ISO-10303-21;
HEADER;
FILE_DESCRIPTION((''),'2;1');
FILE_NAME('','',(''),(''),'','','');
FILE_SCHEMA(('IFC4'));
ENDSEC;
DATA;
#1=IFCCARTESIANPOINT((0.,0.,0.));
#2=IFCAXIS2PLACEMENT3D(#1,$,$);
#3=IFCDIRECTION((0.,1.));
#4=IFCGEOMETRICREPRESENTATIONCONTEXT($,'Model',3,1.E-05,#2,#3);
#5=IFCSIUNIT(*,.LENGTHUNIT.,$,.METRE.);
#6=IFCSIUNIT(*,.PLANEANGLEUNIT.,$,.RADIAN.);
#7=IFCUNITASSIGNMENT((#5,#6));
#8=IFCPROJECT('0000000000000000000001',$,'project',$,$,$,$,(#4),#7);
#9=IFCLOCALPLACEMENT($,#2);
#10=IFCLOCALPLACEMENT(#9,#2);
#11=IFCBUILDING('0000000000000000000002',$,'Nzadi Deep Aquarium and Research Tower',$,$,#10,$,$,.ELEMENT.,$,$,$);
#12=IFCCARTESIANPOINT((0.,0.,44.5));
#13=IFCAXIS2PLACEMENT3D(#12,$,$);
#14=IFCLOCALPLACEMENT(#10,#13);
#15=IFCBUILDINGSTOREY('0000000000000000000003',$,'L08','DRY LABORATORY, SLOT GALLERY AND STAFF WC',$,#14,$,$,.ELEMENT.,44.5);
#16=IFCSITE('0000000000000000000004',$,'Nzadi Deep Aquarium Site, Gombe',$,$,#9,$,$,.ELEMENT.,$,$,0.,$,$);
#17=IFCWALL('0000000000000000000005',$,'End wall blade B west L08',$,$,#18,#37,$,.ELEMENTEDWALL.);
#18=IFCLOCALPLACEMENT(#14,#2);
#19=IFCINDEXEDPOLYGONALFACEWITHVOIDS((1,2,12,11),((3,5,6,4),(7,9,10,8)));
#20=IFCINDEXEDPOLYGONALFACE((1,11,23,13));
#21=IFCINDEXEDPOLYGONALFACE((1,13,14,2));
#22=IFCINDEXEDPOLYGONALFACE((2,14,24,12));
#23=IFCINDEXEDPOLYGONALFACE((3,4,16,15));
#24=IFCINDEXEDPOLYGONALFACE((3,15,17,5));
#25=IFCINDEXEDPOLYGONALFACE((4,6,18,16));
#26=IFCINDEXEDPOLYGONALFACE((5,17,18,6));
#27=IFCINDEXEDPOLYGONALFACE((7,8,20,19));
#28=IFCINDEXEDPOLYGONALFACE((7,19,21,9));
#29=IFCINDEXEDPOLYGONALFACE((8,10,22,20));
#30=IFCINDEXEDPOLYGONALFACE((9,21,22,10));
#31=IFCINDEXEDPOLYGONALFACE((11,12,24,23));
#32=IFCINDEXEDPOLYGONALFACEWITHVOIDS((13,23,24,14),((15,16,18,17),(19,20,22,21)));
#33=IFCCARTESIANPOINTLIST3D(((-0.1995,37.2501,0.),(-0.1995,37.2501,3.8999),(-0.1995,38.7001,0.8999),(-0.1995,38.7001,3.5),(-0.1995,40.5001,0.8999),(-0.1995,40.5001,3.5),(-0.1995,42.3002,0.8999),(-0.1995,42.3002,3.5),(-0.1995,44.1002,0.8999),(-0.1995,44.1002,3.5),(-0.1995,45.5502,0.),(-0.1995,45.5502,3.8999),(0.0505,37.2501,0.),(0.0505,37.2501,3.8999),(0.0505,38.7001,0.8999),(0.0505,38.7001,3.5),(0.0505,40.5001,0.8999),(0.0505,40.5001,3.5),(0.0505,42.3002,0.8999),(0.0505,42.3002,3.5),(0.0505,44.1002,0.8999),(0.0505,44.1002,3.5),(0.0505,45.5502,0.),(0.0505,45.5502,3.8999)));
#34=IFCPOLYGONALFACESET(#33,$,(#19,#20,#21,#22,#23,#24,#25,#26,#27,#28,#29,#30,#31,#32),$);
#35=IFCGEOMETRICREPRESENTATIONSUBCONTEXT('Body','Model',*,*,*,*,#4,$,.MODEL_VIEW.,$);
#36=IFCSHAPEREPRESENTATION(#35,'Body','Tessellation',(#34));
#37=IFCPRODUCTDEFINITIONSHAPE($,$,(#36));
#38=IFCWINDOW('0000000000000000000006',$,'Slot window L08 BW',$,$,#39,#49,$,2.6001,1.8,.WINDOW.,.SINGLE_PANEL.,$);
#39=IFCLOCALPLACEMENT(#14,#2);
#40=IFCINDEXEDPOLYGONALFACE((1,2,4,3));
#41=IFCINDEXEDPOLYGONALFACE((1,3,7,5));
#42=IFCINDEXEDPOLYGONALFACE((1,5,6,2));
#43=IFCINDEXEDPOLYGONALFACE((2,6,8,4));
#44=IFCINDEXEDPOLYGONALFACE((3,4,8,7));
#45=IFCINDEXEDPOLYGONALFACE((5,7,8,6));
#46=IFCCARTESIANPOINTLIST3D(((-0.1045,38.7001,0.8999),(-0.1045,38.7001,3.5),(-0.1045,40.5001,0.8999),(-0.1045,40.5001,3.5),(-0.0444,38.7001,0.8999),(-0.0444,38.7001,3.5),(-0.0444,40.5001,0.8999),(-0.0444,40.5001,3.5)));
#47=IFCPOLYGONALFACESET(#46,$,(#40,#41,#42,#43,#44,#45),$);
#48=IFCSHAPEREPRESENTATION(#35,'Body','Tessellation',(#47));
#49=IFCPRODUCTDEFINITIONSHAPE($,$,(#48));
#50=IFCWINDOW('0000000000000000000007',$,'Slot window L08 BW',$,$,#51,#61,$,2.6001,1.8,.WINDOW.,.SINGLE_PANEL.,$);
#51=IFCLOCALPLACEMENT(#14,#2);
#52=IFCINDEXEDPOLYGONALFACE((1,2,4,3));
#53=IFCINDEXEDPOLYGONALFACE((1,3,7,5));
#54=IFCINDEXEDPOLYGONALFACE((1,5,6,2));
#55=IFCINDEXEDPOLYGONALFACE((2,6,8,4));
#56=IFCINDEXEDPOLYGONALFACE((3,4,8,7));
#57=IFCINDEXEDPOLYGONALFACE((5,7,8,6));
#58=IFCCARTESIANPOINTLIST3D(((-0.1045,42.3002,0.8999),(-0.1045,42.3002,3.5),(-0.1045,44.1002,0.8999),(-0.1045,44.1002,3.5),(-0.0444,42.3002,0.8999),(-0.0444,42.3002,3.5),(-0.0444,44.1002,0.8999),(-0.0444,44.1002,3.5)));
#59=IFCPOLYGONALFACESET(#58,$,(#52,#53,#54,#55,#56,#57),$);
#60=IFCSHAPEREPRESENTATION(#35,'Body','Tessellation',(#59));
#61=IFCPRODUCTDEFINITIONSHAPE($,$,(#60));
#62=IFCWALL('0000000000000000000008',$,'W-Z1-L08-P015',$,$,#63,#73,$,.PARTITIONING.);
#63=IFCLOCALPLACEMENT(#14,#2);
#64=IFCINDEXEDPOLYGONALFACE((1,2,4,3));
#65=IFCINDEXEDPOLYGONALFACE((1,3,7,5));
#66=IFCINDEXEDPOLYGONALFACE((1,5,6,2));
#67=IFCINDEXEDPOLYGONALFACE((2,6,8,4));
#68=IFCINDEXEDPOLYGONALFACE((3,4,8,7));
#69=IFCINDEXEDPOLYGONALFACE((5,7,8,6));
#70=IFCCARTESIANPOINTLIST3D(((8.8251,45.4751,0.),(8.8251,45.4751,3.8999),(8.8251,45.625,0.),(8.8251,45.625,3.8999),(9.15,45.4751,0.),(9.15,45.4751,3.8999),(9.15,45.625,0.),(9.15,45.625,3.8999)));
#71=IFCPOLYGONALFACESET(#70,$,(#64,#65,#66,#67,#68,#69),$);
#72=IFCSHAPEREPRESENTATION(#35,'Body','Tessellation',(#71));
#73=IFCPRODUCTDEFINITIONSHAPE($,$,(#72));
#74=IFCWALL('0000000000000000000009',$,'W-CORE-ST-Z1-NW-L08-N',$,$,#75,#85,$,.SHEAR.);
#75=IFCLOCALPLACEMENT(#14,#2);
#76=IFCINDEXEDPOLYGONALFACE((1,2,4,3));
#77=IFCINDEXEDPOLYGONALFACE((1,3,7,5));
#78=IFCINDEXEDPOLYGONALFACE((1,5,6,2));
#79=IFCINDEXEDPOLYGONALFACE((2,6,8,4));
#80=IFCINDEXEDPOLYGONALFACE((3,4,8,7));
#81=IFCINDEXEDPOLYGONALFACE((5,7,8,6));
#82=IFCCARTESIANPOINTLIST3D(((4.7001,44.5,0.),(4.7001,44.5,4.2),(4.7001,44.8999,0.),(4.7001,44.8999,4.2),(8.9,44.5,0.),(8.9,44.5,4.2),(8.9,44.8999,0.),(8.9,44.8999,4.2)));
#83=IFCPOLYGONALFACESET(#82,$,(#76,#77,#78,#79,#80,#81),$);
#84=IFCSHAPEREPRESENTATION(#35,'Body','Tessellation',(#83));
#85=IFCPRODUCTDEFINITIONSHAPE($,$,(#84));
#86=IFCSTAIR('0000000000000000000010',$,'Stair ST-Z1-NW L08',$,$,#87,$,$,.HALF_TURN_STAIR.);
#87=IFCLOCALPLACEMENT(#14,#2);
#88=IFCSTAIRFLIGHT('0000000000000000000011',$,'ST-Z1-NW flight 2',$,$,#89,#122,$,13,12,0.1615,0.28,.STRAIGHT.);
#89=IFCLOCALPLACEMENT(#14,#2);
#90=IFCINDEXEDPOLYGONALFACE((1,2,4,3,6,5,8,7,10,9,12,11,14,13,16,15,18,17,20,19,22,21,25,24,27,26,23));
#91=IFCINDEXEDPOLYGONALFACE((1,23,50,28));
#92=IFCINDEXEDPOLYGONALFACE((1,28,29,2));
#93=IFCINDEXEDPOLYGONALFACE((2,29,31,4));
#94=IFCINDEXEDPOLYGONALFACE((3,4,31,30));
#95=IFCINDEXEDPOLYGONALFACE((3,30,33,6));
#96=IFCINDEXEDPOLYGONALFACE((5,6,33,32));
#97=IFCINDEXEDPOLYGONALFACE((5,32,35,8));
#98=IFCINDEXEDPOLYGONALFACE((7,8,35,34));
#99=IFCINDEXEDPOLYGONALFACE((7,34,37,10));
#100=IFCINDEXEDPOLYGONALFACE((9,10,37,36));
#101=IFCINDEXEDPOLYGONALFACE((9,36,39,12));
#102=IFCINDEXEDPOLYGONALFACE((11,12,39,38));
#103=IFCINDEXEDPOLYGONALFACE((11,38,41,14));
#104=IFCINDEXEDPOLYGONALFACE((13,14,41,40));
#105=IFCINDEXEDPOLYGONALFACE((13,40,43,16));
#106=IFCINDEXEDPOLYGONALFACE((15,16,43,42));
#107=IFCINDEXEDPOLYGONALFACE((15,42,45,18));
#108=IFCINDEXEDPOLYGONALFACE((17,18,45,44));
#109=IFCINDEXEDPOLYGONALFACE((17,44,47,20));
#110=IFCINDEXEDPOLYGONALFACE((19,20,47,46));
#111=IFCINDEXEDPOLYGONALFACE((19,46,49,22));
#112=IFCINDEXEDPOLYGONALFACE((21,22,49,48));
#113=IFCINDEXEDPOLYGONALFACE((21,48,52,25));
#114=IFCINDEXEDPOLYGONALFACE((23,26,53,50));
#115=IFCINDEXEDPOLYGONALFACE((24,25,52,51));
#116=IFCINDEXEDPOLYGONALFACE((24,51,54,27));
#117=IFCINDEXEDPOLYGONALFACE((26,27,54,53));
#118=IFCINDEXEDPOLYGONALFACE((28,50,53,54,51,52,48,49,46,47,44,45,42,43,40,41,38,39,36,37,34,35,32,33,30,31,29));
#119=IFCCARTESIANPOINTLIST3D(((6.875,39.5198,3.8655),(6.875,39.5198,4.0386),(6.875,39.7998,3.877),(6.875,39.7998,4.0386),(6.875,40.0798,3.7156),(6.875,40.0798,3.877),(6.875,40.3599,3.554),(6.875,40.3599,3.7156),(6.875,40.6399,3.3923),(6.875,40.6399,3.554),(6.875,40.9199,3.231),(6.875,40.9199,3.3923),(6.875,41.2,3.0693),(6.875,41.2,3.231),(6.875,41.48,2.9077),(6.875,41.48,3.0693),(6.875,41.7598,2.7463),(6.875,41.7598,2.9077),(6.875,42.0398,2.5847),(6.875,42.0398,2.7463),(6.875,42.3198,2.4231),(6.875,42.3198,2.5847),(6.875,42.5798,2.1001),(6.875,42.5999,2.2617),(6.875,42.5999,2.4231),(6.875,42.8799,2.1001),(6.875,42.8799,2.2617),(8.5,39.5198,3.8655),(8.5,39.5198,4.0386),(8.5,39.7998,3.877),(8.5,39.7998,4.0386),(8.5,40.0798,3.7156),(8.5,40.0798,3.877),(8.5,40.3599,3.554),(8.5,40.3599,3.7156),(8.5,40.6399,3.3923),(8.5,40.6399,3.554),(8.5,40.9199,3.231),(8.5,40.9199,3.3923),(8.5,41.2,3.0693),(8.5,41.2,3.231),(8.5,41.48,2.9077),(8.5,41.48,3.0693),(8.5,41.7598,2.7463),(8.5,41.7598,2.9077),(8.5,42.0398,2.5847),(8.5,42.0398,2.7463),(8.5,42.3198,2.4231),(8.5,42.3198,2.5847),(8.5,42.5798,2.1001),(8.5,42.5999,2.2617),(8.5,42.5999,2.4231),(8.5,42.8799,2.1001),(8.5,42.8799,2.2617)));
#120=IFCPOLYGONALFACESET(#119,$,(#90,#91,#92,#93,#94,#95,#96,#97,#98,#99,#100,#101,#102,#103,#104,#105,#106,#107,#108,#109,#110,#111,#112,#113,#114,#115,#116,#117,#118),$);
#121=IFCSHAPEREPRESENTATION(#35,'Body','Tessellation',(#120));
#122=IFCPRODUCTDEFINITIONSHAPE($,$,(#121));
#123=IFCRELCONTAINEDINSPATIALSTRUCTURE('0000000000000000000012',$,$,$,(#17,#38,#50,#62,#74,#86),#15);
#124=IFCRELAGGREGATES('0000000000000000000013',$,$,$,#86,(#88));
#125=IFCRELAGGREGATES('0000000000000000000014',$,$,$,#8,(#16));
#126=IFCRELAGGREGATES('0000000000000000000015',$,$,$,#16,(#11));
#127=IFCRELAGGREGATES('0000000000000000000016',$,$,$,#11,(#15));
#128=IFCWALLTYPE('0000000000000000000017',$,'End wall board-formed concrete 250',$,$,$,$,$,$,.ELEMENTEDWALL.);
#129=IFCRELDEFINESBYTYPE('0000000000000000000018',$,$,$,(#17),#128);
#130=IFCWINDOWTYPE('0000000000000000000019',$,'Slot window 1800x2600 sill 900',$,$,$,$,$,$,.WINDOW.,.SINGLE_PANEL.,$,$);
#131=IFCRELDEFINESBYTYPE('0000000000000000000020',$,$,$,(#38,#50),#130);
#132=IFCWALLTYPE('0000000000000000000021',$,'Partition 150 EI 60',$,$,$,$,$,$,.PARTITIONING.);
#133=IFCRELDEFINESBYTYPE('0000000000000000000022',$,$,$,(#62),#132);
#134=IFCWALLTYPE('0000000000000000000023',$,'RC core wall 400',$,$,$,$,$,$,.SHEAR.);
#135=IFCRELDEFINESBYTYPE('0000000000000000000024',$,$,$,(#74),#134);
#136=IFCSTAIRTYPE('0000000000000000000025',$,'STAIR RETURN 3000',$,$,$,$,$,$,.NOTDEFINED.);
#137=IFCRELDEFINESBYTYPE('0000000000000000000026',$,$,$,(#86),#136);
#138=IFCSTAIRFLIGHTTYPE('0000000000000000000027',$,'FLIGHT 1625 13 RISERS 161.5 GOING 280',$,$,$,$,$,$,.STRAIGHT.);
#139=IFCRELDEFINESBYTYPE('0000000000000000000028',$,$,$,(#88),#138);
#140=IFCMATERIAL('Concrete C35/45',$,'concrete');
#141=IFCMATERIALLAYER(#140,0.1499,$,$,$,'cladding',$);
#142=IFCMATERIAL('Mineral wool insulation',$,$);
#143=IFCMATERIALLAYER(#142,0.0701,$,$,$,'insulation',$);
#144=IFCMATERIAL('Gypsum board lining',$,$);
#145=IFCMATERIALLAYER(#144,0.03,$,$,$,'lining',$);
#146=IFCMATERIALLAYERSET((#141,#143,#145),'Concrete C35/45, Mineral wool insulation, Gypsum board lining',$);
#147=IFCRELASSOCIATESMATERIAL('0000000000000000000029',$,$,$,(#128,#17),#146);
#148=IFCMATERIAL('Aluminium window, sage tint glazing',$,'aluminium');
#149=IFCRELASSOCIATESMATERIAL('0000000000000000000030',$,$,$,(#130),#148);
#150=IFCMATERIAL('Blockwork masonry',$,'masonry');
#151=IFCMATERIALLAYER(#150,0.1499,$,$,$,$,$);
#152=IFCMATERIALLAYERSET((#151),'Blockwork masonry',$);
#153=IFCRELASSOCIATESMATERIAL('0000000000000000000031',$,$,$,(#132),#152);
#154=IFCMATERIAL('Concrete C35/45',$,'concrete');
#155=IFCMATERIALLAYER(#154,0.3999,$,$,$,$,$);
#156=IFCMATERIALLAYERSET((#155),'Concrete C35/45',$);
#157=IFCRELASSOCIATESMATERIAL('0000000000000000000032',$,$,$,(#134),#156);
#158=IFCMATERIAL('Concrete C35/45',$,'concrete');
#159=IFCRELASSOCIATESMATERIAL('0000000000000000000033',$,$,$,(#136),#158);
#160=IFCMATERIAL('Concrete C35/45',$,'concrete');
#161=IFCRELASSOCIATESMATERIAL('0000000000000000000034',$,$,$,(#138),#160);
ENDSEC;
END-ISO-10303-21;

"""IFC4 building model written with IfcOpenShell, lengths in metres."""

from ifc_helpers import new_model, si_unit, direction, frame, frame_2d, origin, place, context, subcontext, project, spatial, polyline, rectangle, outline, extrude, material, layer, layer_set, layer_usage, type_object, element, fill, aggregate, save


model = new_model("IFC4")

# Units and contexts
model_context = context("Model", 3, precision=1e-05, world=origin(), true_north=direction((0.0, 1.0)))
body_context = subcontext(model_context, "Body", "Model", "MODEL_VIEW")
ifc_project = project(units=[si_unit("LENGTHUNIT", "METRE"), si_unit("PLANEANGLEUNIT", "RADIAN")], contexts=[model_context])

# Site, building, storey
site_placement = place(None, origin())
site = spatial("IfcSite", under=ifc_project, at=site_placement, Name="Nzadi Deep Aquarium Site, Gombe", CompositionType="ELEMENT", RefElevation=0.0)
building_placement = place(site_placement, origin())
building = spatial("IfcBuilding", under=site, at=building_placement, Name="Nzadi Deep Aquarium and Research Tower", CompositionType="ELEMENT")
storey_placement = place(building_placement, frame((0.0, 0.0, 44.5)))
storey = spatial("IfcBuildingStorey", under=building, at=storey_placement, Name="L08", Description="DRY LABORATORY, SLOT GALLERY AND STAFF WC", CompositionType="ELEMENT", Elevation=44.5)

# Wall, openings, windows
ifc_material_1 = material(Name="Concrete C35/45", Category="concrete")
ifc_layer_1 = layer(ifc_material_1, 0.1499, Category="cladding")
ifc_material_2 = material(Name="Mineral wool insulation")
ifc_layer_2 = layer(ifc_material_2, 0.0701, Category="insulation")
ifc_material_3 = material(Name="Gypsum board lining")
ifc_layer_3 = layer(ifc_material_3, 0.03, Category="lining")
ifc_layer_set_1 = layer_set([ifc_layer_1, ifc_layer_2, ifc_layer_3], Name="Concrete C35/45, Mineral wool insulation, Gypsum board lining")
ifc_layer_usage = layer_usage(ifc_layer_set_1, "AXIS2", "POSITIVE", -0.125)
wall_type_1 = type_object("IfcWallType", Name="End wall board-formed concrete 250", PredefinedType="ELEMENTEDWALL", material=ifc_layer_set_1)
wall_1_placement = place(storey_placement, frame((-0.0745, 45.55, 0.0), z_axis=(0.0, 0.0, 1.0), x_axis=(0.0, -1.0, 0.0)))
wall_1 = element("IfcWall", 1, at=wall_1_placement, inside=storey, type_object=wall_type_1, material=ifc_layer_usage, Name="End wall blade B west L08", PredefinedType="ELEMENTEDWALL", context=body_context, shape_type="SweptSolid", body=[
    extrude(rectangle(XDim=8.3, YDim=0.25, at=frame_2d((4.1499, 0.0))), origin(), (0.0, 0.0, 1.0), 3.8999),
])
opening_1_placement = place(wall_1_placement, frame((5.05, 0.0, 0.8999)))
opening_1 = element("IfcOpeningElement", 2, at=opening_1_placement, cuts=wall_1, PredefinedType="OPENING", context=body_context, shape_type="SweptSolid", body=[
    extrude(rectangle(XDim=1.8, YDim=2.6001, at=frame_2d((0.8999, 1.3))), frame((0.0, 0.135, 0.0), z_axis=(0.0, -1.0, 0.0), x_axis=(1.0, 0.0, 0.0)), (0.0, 0.0, 1.0), 0.27),
])
opening_2_placement = place(wall_1_placement, frame((1.45, 0.0, 0.8999)))
opening_2 = element("IfcOpeningElement", 3, at=opening_2_placement, cuts=wall_1, PredefinedType="OPENING", context=body_context, shape_type="SweptSolid", body=[
    extrude(rectangle(XDim=1.8, YDim=2.6001, at=frame_2d((0.8999, 1.3))), frame((0.0, 0.135, 0.0), z_axis=(0.0, -1.0, 0.0), x_axis=(1.0, 0.0, 0.0)), (0.0, 0.0, 1.0), 0.27),
])
ifc_material_4 = material(Name="Aluminium window, sage tint glazing", Category="aluminium")
window_type = type_object("IfcWindowType", Name="Slot window 1800x2600 sill 900", PartitioningType="SINGLE_PANEL", PredefinedType="WINDOW", material=ifc_material_4)
window_1_placement = place(opening_1_placement, origin())
window_1 = element("IfcWindow", 4, at=window_1_placement, inside=storey, type_object=window_type, Name="Slot window L08 BW", OverallHeight=2.6001, OverallWidth=1.8, PartitioningType="SINGLE_PANEL", PredefinedType="WINDOW", context=body_context, shape_type="SweptSolid", body=[
    extrude(rectangle(XDim=1.8, YDim=2.6001, at=frame_2d((0.8999, 1.3))), frame((0.0, 0.03, 0.0), z_axis=(0.0, -1.0, 0.0), x_axis=(1.0, 0.0, 0.0)), (0.0, 0.0, 1.0), 0.0601),
])
fill(opening_1, window_1)
window_2_placement = place(opening_2_placement, origin())
window_2 = element("IfcWindow", 5, at=window_2_placement, inside=storey, type_object=window_type, Name="Slot window L08 BW", OverallHeight=2.6001, OverallWidth=1.8, PartitioningType="SINGLE_PANEL", PredefinedType="WINDOW", context=body_context, shape_type="SweptSolid", body=[
    extrude(rectangle(XDim=1.8, YDim=2.6001, at=frame_2d((0.8999, 1.3))), frame((0.0, 0.03, 0.0), z_axis=(0.0, -1.0, 0.0), x_axis=(1.0, 0.0, 0.0)), (0.0, 0.0, 1.0), 0.0601),
])
fill(opening_2, window_2)

# Walls
ifc_material_5 = material(Name="Blockwork masonry", Category="masonry")
ifc_layer_4 = layer(ifc_material_5, 0.1499)
ifc_layer_set_2 = layer_set([ifc_layer_4], Name="Blockwork masonry")
wall_type_2 = type_object("IfcWallType", Name="Partition 150 EI 60", PredefinedType="PARTITIONING", material=ifc_layer_set_2)
wall_2_placement = place(storey_placement, frame((8.825, 45.55, 0.0), z_axis=(0.0, 0.0, 1.0), x_axis=(1.0, 0.0, 0.0)))
element("IfcWall", 6, at=wall_2_placement, inside=storey, type_object=wall_type_2, Name="W-Z1-L08-P015", PredefinedType="PARTITIONING", context=body_context, shape_type="SweptSolid", body=[
    extrude(rectangle(XDim=0.325, YDim=0.1499, at=frame_2d((0.1626, 0.0))), origin(), (0.0, 0.0, 1.0), 3.8999),
])
ifc_material_6 = material(Name="Concrete C35/45", Category="concrete")
ifc_layer_5 = layer(ifc_material_6, 0.3999)
ifc_layer_set_3 = layer_set([ifc_layer_5], Name="Concrete C35/45")
wall_type_3 = type_object("IfcWallType", Name="RC core wall 400", PredefinedType="SHEAR", material=ifc_layer_set_3)
wall_3_placement = place(storey_placement, frame((4.7, 44.7, 0.0), z_axis=(0.0, 0.0, 1.0), x_axis=(1.0, 0.0, 0.0)))
element("IfcWall", 7, at=wall_3_placement, inside=storey, type_object=wall_type_3, Name="W-CORE-ST-Z1-NW-L08-N", PredefinedType="SHEAR", context=body_context, shape_type="SweptSolid", body=[
    extrude(rectangle(XDim=4.2, YDim=0.3999, at=frame_2d((2.1001, 0.0))), origin(), (0.0, 0.0, 1.0), 4.2),
])

# Stair, stair flight
ifc_material_7 = material(Name="Concrete C35/45", Category="concrete")
stair_type = type_object("IfcStairType", Name="STAIR RETURN 3000", PredefinedType="NOTDEFINED", material=ifc_material_7)
stair_placement = place(storey_placement, origin())
stair = element("IfcStair", 8, at=stair_placement, inside=storey, type_object=stair_type, Name="Stair ST-Z1-NW L08", PredefinedType="HALF_TURN_STAIR")
ifc_material_8 = material(Name="Concrete C35/45", Category="concrete")
stair_flight_type = type_object("IfcStairFlightType", Name="FLIGHT 1625 13 RISERS 161.5 GOING 280", PredefinedType="STRAIGHT", material=ifc_material_8)
stair_flight_placement = place(storey_placement, frame((7.6875, 42.8799, 2.1001), z_axis=(0.0, 0.0, 1.0), x_axis=(0.0, -1.0, 0.0)))
stair_flight = element("IfcStairFlight", 9, at=stair_flight_placement, type_object=stair_flight_type, Name="ST-Z1-NW flight 2", NumberOfRisers=13, NumberOfTreads=12, PredefinedType="STRAIGHT", RiserHeight=0.1615, TreadLength=0.28, context=body_context, shape_type="SweptSolid", body=[
    extrude(outline(polyline([(0.0, 0.0), (0.0, 0.1616), (0.28, 0.1616), (0.28, 0.323), (0.5601, 0.323), (0.5601, 0.4846), (0.8401, 0.4846), (0.8401, 0.6462), (1.1201, 0.6462), (1.1201, 0.8076), (1.3999, 0.8076), (1.3999, 0.9692), (1.6799, 0.9692), (1.6799, 1.1309), (1.96, 1.1309), (1.96, 1.2922), (2.24, 1.2922), (2.24, 1.4539), (2.52, 1.4539), (2.52, 1.6155), (2.8, 1.6155), (2.8, 1.7769), (3.0801, 1.7769), (3.0801, 1.9385), (3.3601, 1.9385), (3.3601, 2.1001), (3.3601, 1.7654), (0.3, 0.0), (0.0, 0.0)])), frame((0.0, 0.8125, 0.0), z_axis=(0.0, -1.0, 0.0), x_axis=(1.0, 0.0, 0.0)), (0.0, 0.0, 1.0), 1.625),
])
aggregate(stair, [stair_flight])

save(model, "model.ifc")
